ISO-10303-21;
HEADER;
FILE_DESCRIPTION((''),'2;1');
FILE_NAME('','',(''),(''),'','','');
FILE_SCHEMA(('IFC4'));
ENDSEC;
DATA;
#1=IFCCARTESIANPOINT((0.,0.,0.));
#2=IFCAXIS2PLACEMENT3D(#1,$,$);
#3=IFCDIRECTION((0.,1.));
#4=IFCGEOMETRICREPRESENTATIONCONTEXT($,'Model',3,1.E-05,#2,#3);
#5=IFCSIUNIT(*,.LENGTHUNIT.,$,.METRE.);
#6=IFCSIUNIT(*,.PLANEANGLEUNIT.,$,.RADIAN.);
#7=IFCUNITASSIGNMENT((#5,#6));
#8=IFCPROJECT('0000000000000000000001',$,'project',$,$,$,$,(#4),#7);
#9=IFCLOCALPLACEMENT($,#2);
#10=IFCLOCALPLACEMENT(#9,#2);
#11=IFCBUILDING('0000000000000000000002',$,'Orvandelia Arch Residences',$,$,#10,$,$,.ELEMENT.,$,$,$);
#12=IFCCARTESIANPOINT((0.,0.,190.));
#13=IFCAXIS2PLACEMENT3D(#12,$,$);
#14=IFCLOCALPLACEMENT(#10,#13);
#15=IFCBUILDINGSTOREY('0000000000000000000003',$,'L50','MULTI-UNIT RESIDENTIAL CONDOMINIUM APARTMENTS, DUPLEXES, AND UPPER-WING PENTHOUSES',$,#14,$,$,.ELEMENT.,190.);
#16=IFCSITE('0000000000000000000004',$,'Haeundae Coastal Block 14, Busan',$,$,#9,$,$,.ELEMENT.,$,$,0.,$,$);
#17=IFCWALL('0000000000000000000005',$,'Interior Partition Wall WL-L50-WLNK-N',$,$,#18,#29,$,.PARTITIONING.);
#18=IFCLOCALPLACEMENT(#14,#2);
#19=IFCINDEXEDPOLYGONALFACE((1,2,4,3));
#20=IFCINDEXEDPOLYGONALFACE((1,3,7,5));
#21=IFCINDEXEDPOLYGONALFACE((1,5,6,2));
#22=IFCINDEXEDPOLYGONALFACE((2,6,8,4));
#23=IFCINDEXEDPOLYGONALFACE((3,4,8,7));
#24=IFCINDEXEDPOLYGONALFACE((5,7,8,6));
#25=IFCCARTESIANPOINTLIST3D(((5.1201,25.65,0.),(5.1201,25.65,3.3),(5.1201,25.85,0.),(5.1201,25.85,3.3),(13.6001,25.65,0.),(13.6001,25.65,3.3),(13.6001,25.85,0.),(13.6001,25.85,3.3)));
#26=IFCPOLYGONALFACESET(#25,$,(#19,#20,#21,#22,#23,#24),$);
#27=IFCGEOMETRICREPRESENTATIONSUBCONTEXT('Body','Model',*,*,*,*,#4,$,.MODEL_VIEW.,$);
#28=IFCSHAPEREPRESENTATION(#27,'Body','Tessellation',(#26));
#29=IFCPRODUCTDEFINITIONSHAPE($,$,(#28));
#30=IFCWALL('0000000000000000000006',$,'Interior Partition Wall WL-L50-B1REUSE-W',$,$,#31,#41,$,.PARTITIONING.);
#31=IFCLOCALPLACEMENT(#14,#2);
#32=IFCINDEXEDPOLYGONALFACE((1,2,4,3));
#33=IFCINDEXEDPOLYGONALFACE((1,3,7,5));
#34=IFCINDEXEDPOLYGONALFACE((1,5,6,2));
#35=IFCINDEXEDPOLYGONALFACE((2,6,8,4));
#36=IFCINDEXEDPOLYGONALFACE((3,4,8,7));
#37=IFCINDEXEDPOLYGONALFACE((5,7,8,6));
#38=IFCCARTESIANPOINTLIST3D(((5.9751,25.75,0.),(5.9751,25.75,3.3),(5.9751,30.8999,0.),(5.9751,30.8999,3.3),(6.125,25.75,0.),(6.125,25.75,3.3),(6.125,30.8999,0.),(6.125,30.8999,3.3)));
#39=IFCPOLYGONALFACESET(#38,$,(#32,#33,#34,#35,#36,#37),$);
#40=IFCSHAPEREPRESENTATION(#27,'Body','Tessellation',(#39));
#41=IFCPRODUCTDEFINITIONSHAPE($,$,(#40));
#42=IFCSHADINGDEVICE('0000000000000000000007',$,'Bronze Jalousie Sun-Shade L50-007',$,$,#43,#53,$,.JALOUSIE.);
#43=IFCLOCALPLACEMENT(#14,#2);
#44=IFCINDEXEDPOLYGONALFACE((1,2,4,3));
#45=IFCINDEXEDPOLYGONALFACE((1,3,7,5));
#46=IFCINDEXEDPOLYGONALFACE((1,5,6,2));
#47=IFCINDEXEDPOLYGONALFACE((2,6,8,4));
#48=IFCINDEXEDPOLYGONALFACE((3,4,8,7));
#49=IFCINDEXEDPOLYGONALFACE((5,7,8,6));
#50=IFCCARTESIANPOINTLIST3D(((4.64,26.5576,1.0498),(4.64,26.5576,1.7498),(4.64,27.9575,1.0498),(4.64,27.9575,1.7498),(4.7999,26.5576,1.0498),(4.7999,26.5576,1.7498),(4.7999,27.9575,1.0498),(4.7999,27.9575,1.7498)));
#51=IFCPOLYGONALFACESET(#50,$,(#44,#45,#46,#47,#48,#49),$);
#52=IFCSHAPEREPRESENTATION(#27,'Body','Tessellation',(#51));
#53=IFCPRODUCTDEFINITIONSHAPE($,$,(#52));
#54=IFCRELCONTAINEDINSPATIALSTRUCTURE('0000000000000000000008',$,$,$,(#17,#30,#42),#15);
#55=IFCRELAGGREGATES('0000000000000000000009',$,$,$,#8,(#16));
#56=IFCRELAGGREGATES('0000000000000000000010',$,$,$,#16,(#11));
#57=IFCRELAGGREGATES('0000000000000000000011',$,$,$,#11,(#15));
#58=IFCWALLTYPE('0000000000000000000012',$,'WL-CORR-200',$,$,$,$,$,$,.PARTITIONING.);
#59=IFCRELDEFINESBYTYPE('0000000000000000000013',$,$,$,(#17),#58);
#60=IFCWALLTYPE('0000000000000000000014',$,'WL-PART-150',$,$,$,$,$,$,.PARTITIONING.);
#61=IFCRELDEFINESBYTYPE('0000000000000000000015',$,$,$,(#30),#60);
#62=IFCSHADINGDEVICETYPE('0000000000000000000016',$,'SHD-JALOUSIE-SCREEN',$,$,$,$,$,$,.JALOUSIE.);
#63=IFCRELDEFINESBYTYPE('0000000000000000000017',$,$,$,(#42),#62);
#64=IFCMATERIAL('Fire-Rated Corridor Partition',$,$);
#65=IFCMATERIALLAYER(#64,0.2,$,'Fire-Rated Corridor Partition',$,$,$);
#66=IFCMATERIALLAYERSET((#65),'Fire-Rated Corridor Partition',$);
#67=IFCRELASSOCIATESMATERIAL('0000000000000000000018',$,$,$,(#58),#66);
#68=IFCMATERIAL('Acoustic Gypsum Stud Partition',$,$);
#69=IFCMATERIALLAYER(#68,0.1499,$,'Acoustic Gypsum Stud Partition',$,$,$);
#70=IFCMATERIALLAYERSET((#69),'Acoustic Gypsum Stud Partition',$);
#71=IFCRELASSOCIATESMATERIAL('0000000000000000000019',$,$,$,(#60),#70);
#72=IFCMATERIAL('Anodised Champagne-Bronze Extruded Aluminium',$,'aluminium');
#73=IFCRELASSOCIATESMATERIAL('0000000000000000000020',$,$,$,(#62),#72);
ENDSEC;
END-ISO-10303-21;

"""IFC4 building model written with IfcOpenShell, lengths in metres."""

from ifc_helpers import new_model, si_unit, direction, frame, frame_2d, origin, origin_2d, place, context, subcontext, project, spatial, rectangle, extrude, material, layer, layer_set, type_object, element, save


model = new_model("IFC4")

# Units and contexts
model_context = context("Model", 3, precision=1e-05, world=origin(), true_north=direction((0.0, 1.0)))
body_context = subcontext(model_context, "Body", "Model", "MODEL_VIEW")
ifc_project = project(units=[si_unit("LENGTHUNIT", "METRE"), si_unit("PLANEANGLEUNIT", "RADIAN")], contexts=[model_context])

# Site, building, storey
site_placement = place(None, origin())
site = spatial("IfcSite", under=ifc_project, at=site_placement, Name="Haeundae Coastal Block 14, Busan", CompositionType="ELEMENT", RefElevation=0.0)
building_placement = place(site_placement, origin())
building = spatial("IfcBuilding", under=site, at=building_placement, Name="Orvandelia Arch Residences", CompositionType="ELEMENT")
storey_placement = place(building_placement, frame((0.0, 0.0, 190.0)))
storey = spatial("IfcBuildingStorey", under=building, at=storey_placement, Name="L50", Description="MULTI-UNIT RESIDENTIAL CONDOMINIUM APARTMENTS, DUPLEXES, AND UPPER-WING PENTHOUSES", CompositionType="ELEMENT", Elevation=190.0)

# Walls
ifc_material_1 = material(Name="Fire-Rated Corridor Partition")
ifc_layer_1 = layer(ifc_material_1, 0.2, Name="Fire-Rated Corridor Partition")
ifc_layer_set_1 = layer_set([ifc_layer_1], Name="Fire-Rated Corridor Partition")
wall_type_1 = type_object("IfcWallType", Name="WL-CORR-200", PredefinedType="PARTITIONING", material=ifc_layer_set_1)
wall_1_placement = place(storey_placement, frame((5.1201, 25.75, 0.0), z_axis=(0.0, 0.0, 1.0), x_axis=(1.0, 0.0, 0.0)))
element("IfcWall", 1, at=wall_1_placement, inside=storey, type_object=wall_type_1, Name="Interior Partition Wall WL-L50-WLNK-N", PredefinedType="PARTITIONING", context=body_context, shape_type="SweptSolid", body=[
    extrude(rectangle(XDim=8.48, YDim=0.2, at=frame_2d((4.24, 0.0))), origin(), (0.0, 0.0, 1.0), 3.3),
])
ifc_material_2 = material(Name="Acoustic Gypsum Stud Partition")
ifc_layer_2 = layer(ifc_material_2, 0.1499, Name="Acoustic Gypsum Stud Partition")
ifc_layer_set_2 = layer_set([ifc_layer_2], Name="Acoustic Gypsum Stud Partition")
wall_type_2 = type_object("IfcWallType", Name="WL-PART-150", PredefinedType="PARTITIONING", material=ifc_layer_set_2)
wall_2_placement = place(storey_placement, frame((6.05, 25.75, 0.0), z_axis=(0.0, 0.0, 1.0), x_axis=(0.0, 1.0, 0.0)))
element("IfcWall", 2, at=wall_2_placement, inside=storey, type_object=wall_type_2, Name="Interior Partition Wall WL-L50-B1REUSE-W", PredefinedType="PARTITIONING", context=body_context, shape_type="SweptSolid", body=[
    extrude(rectangle(XDim=5.1499, YDim=0.1499, at=frame_2d((2.575, 0.0))), origin(), (0.0, 0.0, 1.0), 3.3),
])

# Shading device
ifc_material_3 = material(Name="Anodised Champagne-Bronze Extruded Aluminium", Category="aluminium")
shading_device_type = type_object("IfcShadingDeviceType", Name="SHD-JALOUSIE-SCREEN", PredefinedType="JALOUSIE", material=ifc_material_3)
shading_device_placement = place(storey_placement, frame((4.72, 27.2576, 1.0498), z_axis=(0.0, 0.0, 1.0), x_axis=(0.0, 1.0, 0.0)))
element("IfcShadingDevice", 3, at=shading_device_placement, inside=storey, type_object=shading_device_type, Name="Bronze Jalousie Sun-Shade L50-007", PredefinedType="JALOUSIE", context=body_context, shape_type="SweptSolid", body=[
    extrude(rectangle(XDim=1.3999, YDim=0.1599, at=origin_2d()), origin(), (0.0, 0.0, 1.0), 0.7),
])

save(model, "model.ifc")
